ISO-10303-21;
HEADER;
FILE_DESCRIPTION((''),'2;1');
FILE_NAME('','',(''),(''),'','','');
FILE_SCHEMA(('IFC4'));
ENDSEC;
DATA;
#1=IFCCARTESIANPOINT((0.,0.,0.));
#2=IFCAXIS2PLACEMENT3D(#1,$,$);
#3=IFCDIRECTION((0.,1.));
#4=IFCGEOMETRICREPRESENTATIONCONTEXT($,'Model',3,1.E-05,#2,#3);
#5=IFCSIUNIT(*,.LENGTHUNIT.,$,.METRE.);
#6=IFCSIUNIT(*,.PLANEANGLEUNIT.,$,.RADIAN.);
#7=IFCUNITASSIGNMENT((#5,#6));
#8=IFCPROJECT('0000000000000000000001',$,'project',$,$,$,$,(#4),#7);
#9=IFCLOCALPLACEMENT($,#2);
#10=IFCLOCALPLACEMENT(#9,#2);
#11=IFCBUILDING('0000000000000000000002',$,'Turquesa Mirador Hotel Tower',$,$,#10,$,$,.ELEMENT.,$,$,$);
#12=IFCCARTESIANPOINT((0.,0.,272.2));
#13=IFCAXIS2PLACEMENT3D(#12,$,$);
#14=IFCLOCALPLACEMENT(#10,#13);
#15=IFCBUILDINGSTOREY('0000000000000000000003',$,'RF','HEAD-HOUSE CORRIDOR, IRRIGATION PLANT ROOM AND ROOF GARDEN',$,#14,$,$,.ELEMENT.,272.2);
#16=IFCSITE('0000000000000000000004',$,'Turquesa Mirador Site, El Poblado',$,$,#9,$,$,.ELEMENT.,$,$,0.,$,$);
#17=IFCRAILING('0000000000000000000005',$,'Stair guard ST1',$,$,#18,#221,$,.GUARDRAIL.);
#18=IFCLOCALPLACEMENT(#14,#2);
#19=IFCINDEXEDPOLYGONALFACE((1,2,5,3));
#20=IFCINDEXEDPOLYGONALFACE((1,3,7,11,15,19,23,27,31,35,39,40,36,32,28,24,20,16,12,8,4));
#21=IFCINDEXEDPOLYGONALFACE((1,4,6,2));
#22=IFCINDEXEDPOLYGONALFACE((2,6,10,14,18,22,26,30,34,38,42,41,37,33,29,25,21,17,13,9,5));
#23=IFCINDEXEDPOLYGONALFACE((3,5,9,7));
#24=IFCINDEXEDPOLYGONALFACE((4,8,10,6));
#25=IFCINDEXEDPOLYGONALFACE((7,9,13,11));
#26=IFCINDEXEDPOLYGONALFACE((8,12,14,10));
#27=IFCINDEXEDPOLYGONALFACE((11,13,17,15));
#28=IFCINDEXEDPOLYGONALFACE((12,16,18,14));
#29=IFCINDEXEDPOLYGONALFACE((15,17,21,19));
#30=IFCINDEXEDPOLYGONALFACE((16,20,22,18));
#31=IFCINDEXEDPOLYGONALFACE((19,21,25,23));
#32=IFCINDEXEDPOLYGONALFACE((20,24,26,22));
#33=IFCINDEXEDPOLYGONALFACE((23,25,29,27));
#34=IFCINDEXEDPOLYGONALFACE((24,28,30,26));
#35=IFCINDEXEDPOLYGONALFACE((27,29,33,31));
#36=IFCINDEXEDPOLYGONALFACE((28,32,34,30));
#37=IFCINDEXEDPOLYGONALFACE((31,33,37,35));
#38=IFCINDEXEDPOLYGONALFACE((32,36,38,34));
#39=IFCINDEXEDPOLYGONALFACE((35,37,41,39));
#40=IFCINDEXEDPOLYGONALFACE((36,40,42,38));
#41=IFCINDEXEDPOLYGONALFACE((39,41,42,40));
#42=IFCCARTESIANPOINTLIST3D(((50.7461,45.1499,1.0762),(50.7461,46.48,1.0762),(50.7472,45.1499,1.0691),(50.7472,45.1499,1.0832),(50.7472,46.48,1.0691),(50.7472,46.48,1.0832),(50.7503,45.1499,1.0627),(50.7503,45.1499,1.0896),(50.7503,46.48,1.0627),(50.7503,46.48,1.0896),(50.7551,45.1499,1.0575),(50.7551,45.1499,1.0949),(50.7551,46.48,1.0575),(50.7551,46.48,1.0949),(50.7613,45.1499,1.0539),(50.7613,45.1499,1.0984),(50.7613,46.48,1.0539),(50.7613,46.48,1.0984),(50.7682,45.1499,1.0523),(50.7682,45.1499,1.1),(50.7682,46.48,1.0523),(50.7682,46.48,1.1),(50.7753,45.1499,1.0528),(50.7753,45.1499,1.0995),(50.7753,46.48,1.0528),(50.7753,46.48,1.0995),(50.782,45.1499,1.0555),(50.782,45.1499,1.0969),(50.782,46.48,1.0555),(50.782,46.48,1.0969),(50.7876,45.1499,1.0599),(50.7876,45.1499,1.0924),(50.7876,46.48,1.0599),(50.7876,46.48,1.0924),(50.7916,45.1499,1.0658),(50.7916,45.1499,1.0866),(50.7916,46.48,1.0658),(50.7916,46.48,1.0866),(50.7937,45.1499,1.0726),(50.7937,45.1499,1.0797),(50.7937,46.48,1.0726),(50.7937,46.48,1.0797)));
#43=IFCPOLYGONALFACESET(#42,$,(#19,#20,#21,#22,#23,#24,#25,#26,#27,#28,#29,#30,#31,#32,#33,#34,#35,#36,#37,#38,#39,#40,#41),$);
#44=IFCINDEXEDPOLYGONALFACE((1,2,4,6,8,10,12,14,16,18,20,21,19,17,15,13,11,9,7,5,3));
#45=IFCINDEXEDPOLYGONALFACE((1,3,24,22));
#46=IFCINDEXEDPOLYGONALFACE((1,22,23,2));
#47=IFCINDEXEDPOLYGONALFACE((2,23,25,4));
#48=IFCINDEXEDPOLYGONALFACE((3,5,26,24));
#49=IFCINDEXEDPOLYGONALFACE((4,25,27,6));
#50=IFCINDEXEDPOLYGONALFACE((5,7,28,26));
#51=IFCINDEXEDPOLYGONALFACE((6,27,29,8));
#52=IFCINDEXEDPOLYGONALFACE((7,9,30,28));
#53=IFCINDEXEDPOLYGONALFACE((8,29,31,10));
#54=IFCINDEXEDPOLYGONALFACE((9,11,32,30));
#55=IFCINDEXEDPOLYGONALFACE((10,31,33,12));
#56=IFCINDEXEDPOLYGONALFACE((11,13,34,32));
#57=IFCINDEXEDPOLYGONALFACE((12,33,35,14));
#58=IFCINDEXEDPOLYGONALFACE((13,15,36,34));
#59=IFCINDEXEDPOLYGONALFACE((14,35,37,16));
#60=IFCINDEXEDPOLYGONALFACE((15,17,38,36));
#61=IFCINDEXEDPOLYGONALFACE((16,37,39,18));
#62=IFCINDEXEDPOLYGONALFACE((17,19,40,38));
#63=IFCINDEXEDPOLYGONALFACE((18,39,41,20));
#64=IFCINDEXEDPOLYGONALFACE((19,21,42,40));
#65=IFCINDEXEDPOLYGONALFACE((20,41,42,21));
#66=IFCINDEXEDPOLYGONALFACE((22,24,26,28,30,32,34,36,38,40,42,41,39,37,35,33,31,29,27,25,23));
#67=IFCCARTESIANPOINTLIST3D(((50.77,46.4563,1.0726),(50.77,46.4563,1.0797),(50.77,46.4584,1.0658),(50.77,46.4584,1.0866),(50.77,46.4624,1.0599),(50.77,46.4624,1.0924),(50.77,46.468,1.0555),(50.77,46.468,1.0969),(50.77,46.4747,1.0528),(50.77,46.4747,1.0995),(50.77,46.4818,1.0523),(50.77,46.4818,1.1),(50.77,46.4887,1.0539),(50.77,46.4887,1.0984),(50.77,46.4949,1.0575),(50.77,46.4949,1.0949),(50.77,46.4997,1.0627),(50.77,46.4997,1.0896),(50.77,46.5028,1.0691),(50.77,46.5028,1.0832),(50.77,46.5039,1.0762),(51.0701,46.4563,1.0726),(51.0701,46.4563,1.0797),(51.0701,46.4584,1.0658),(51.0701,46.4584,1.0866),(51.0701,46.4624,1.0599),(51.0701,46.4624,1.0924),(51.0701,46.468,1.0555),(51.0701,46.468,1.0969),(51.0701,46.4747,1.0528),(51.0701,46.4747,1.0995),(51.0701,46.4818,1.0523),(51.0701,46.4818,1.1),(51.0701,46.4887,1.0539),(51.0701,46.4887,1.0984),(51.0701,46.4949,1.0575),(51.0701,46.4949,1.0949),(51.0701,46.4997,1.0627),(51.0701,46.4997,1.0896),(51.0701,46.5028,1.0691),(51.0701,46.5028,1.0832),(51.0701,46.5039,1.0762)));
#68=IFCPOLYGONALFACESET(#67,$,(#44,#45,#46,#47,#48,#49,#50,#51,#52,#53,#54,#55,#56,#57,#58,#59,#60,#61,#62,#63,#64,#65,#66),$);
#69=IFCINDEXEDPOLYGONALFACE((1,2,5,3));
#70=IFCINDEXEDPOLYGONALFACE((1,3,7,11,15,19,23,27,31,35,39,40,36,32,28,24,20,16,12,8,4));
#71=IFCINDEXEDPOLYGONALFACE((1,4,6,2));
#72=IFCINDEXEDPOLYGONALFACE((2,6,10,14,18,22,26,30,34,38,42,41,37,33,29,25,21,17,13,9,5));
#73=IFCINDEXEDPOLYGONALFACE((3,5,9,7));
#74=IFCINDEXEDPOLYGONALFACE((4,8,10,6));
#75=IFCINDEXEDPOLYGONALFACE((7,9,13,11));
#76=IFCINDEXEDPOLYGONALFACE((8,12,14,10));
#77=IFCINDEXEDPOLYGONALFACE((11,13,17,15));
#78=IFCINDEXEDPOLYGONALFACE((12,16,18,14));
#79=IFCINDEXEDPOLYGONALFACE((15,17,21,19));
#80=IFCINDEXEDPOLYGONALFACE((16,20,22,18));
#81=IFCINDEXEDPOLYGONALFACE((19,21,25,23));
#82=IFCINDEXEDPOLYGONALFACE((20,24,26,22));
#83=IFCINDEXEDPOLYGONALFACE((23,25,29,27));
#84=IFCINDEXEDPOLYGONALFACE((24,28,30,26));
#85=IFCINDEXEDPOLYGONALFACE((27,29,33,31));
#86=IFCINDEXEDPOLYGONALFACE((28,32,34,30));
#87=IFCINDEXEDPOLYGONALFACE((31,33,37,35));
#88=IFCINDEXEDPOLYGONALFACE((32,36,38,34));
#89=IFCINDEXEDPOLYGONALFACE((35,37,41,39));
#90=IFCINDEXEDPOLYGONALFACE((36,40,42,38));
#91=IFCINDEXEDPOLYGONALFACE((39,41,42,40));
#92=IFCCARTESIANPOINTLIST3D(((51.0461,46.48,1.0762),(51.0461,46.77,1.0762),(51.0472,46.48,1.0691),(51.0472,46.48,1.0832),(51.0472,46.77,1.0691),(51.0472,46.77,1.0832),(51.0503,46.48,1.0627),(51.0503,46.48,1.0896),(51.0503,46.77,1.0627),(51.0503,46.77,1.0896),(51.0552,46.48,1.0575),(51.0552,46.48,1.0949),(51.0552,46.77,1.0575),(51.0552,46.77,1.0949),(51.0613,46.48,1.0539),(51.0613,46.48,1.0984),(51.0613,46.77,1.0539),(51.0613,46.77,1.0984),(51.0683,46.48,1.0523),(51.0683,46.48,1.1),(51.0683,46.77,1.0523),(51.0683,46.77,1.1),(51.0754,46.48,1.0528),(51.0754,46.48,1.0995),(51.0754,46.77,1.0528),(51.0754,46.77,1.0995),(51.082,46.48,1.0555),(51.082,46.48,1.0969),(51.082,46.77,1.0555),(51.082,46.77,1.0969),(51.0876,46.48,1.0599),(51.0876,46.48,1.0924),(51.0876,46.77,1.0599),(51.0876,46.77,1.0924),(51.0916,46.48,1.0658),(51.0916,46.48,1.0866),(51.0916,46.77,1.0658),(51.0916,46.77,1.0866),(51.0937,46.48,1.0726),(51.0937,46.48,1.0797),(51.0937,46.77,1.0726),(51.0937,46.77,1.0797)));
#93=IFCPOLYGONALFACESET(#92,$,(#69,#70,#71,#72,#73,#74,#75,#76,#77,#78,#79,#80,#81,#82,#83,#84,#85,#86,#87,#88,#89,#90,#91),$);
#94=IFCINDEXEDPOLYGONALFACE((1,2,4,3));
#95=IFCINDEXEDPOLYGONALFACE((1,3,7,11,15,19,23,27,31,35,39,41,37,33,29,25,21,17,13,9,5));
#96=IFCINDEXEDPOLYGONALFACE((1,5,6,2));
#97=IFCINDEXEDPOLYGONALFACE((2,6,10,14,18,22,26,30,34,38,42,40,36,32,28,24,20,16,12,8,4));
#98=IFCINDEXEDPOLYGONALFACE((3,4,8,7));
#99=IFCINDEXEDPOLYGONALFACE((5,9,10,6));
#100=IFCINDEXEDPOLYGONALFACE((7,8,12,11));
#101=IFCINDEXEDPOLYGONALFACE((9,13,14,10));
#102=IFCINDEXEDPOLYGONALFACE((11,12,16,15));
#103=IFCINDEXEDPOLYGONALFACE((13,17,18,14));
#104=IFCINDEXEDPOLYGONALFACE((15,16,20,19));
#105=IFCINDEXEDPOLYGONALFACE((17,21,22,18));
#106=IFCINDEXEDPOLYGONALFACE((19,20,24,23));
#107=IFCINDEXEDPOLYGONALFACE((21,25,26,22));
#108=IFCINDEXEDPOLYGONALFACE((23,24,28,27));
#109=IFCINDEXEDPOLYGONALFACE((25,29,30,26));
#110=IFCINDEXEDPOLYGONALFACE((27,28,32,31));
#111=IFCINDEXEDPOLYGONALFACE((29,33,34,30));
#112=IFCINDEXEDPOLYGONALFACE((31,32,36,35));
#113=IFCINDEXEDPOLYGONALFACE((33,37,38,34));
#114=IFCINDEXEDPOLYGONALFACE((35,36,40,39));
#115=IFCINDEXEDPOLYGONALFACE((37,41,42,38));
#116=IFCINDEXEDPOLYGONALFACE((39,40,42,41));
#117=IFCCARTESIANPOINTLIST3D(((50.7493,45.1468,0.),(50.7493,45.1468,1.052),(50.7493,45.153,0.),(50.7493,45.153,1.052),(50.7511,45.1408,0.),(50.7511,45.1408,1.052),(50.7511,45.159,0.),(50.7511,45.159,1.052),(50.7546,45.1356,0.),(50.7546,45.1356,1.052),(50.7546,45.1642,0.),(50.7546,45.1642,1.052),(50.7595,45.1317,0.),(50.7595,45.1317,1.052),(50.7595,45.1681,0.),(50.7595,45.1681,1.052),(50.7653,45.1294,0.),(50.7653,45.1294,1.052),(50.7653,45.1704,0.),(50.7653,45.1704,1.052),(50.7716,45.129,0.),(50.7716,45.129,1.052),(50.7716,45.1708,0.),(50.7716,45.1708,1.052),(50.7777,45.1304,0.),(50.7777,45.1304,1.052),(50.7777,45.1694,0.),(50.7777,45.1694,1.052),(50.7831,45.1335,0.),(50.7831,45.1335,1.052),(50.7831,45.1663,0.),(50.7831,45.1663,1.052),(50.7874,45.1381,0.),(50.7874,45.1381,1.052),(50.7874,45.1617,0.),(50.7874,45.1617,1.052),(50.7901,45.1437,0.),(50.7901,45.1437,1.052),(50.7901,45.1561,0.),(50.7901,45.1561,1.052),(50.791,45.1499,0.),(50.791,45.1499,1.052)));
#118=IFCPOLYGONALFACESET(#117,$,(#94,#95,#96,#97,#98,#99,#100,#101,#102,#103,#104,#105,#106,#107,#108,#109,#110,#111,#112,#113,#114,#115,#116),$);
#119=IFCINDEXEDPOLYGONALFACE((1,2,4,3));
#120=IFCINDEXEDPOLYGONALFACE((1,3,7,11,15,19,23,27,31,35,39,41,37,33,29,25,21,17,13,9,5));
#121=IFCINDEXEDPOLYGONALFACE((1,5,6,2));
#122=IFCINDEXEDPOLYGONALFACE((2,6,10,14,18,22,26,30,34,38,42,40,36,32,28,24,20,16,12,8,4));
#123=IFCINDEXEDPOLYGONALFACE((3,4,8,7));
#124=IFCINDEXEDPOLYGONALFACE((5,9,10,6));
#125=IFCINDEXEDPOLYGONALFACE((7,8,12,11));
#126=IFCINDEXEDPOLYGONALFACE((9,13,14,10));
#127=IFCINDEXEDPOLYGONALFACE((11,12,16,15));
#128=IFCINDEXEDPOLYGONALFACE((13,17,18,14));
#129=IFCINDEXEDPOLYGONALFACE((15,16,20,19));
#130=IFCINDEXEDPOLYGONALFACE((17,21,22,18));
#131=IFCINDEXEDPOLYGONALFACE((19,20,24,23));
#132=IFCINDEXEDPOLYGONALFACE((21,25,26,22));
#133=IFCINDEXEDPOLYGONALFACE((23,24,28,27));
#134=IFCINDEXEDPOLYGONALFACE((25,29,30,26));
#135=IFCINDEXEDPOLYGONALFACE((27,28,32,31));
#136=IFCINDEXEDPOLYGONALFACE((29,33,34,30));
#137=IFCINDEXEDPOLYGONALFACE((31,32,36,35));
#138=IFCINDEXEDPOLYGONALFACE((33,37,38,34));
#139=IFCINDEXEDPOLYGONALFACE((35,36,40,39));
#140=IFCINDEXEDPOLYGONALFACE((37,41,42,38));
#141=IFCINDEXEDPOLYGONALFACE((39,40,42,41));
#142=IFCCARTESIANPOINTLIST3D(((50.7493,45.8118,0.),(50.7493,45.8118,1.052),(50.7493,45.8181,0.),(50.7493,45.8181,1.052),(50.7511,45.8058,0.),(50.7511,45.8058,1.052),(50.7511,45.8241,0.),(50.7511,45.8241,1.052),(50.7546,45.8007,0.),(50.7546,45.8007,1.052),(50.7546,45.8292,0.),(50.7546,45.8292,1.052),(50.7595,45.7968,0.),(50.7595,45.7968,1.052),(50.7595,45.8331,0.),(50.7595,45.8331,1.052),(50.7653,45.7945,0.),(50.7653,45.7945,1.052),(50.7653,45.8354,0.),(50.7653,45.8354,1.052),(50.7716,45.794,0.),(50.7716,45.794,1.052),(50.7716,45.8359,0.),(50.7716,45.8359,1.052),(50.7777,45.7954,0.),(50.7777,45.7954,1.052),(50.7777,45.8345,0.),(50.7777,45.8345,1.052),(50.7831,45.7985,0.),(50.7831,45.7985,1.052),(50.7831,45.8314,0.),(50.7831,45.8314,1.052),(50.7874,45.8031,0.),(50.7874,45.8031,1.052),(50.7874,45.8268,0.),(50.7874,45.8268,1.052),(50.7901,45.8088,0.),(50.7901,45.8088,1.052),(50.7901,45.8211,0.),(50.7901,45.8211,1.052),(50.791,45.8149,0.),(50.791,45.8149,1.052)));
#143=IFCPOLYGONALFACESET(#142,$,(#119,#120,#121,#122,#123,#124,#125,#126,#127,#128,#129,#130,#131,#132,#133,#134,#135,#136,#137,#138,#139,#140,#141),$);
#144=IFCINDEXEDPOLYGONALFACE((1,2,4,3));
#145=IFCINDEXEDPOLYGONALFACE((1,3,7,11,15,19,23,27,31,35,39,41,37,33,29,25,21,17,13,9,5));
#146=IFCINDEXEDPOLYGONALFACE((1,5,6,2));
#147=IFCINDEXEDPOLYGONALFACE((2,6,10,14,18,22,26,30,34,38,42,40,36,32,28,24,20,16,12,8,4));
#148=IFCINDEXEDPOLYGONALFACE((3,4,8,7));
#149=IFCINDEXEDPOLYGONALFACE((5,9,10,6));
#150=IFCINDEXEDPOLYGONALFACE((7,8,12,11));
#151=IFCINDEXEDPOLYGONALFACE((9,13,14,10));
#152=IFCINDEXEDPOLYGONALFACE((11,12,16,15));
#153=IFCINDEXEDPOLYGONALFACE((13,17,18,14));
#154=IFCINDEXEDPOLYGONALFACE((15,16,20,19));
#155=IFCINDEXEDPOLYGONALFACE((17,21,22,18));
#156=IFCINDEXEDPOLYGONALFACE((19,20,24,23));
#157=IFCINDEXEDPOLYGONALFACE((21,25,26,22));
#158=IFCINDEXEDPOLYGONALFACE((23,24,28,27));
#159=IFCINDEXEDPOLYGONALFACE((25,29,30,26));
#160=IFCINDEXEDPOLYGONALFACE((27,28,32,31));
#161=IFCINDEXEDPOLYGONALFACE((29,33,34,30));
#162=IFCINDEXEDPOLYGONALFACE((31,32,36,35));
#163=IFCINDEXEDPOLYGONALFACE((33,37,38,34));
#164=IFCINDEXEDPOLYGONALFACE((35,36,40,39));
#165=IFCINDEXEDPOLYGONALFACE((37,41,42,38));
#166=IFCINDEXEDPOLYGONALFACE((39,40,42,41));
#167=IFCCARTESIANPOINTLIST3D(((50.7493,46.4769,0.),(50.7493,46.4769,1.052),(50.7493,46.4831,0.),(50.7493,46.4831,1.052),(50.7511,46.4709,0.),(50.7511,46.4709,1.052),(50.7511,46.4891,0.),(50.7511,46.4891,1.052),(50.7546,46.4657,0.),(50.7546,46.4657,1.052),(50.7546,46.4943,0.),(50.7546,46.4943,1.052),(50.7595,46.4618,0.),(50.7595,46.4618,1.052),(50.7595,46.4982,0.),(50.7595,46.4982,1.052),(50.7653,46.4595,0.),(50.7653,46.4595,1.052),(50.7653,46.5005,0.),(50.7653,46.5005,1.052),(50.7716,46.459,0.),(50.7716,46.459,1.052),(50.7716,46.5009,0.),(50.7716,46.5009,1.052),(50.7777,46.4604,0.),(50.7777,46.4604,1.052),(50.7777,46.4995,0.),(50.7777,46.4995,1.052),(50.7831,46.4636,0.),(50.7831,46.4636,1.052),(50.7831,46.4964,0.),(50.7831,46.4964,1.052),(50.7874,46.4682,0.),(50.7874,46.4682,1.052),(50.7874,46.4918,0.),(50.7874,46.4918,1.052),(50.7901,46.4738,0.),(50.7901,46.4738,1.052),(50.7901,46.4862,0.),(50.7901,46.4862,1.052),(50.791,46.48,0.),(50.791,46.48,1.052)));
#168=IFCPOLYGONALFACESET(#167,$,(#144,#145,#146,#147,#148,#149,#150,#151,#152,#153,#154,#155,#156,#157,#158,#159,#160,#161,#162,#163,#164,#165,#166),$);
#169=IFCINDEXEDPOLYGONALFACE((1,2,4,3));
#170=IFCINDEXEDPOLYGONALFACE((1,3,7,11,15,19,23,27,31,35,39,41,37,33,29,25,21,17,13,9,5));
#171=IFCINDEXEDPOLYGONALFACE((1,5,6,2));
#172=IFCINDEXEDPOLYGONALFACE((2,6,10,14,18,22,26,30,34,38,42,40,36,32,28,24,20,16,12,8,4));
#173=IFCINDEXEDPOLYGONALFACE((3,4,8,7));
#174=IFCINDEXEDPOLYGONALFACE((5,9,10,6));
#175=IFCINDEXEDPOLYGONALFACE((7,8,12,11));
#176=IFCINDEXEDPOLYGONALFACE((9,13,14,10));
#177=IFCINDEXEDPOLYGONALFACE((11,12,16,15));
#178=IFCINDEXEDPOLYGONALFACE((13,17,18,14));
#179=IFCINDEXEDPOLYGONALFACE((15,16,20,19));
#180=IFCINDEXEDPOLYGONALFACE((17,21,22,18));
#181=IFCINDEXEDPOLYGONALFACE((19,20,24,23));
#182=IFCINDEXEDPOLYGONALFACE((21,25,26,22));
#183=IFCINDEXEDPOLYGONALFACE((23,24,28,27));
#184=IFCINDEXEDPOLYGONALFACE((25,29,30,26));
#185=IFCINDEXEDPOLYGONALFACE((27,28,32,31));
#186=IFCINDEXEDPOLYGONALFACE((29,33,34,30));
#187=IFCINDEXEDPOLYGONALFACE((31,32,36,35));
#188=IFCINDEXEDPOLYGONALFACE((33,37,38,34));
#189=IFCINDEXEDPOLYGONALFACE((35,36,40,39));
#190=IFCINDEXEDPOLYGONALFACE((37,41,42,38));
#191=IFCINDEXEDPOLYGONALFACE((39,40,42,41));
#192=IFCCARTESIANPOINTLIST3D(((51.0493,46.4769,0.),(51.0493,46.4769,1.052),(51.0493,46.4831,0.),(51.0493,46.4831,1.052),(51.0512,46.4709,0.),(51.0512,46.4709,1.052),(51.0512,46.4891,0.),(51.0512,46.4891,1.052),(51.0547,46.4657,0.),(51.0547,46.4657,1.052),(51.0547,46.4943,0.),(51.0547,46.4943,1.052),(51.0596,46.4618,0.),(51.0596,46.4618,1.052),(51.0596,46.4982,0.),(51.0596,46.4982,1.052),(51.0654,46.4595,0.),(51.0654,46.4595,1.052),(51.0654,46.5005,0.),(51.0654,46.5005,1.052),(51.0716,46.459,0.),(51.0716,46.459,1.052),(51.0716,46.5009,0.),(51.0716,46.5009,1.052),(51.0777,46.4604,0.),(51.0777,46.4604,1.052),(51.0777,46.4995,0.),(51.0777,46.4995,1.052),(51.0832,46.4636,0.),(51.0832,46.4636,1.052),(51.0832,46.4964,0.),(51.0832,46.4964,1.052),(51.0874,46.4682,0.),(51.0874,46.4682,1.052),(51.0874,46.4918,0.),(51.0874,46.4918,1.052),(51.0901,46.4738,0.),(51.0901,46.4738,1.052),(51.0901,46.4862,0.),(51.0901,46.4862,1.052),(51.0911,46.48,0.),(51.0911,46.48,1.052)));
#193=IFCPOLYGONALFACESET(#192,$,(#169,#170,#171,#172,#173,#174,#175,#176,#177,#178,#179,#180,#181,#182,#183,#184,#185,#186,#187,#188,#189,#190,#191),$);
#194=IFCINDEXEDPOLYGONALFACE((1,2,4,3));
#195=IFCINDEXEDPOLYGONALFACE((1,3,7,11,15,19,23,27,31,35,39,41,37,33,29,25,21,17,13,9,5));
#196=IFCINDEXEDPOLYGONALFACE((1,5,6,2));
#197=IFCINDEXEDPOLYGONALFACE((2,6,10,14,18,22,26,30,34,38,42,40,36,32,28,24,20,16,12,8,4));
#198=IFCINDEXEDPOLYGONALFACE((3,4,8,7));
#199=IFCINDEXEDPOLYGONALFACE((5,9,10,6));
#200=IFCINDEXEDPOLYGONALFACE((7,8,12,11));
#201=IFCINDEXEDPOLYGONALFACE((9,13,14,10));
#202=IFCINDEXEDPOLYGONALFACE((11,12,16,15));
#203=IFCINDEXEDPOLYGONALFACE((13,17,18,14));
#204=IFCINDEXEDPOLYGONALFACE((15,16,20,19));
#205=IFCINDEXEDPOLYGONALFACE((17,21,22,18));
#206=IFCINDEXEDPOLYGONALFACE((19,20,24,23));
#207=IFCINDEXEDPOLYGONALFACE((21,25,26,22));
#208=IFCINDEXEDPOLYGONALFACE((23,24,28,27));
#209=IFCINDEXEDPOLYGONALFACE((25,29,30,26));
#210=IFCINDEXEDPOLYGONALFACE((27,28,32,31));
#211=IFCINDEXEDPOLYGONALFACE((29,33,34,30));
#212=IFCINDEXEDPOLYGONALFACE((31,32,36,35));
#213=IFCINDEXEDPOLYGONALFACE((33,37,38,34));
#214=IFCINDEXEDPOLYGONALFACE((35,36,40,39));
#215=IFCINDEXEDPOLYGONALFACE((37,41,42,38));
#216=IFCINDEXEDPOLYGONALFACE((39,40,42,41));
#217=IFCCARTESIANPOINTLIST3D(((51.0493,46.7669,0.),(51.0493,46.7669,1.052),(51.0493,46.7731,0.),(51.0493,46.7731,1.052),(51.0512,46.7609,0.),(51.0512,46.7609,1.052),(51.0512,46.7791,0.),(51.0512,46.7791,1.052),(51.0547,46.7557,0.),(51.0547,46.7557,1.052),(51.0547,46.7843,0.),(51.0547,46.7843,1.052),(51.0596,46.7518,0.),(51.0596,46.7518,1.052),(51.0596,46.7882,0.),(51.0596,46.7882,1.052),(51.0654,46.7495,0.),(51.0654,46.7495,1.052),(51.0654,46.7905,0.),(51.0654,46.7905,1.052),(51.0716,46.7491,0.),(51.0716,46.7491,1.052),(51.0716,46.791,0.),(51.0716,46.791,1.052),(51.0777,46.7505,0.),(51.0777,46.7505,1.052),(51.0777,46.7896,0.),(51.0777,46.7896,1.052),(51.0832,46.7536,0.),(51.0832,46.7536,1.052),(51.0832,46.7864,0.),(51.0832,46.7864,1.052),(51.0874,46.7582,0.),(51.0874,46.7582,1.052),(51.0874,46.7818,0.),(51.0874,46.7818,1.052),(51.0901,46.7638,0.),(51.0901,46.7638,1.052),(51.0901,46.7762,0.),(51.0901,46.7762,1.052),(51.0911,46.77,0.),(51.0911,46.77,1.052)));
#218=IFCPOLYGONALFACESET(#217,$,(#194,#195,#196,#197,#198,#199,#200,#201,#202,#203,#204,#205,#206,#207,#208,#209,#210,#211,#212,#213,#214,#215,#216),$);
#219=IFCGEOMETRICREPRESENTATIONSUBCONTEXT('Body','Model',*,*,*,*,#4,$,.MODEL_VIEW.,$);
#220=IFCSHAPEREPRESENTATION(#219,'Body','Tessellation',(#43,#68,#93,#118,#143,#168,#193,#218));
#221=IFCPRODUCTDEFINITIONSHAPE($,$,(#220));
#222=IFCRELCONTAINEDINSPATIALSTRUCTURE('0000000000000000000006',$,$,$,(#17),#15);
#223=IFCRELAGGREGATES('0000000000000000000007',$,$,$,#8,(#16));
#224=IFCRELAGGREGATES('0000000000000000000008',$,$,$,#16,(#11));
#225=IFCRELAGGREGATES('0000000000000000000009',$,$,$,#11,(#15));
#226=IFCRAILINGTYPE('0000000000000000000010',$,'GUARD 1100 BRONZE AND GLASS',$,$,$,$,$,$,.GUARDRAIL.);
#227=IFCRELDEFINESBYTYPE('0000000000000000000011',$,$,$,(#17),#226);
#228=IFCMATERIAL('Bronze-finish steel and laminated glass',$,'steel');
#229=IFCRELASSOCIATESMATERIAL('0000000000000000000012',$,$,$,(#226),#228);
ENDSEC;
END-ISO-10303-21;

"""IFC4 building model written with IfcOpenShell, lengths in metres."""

from ifc_helpers import new_model, si_unit, direction, frame, origin, origin_2d, place, context, subcontext, project, spatial, circle, extrude, material, type_object, element, save


model = new_model("IFC4")

# Units and contexts
model_context = context("Model", 3, precision=1e-05, world=origin(), true_north=direction((0.0, 1.0)))
body_context = subcontext(model_context, "Body", "Model", "MODEL_VIEW")
ifc_project = project(units=[si_unit("LENGTHUNIT", "METRE"), si_unit("PLANEANGLEUNIT", "RADIAN")], contexts=[model_context])

# Site, building, storey
site_placement = place(None, origin())
site = spatial("IfcSite", under=ifc_project, at=site_placement, Name="Turquesa Mirador Site, El Poblado", CompositionType="ELEMENT", RefElevation=0.0)
building_placement = place(site_placement, origin())
building = spatial("IfcBuilding", under=site, at=building_placement, Name="Turquesa Mirador Hotel Tower", CompositionType="ELEMENT")
storey_placement = place(building_placement, frame((0.0, 0.0, 272.2)))
storey = spatial("IfcBuildingStorey", under=building, at=storey_placement, Name="RF", Description="HEAD-HOUSE CORRIDOR, IRRIGATION PLANT ROOM AND ROOF GARDEN", CompositionType="ELEMENT", Elevation=272.2)

# Railing
ifc_material_1 = material(Name="Bronze-finish steel and laminated glass", Category="steel")
railing_type = type_object("IfcRailingType", Name="GUARD 1100 BRONZE AND GLASS", PredefinedType="GUARDRAIL", material=ifc_material_1)
railing_1_placement = place(storey_placement, frame((50.77, 45.1499, 0.0)))
element("IfcRailing", 1, at=railing_1_placement, inside=storey, type_object=railing_type, Name="Stair guard ST1", PredefinedType="GUARDRAIL", context=body_context, shape_type="SweptSolid", body=[
    extrude(circle(Radius=0.0239, at=origin_2d()), frame((0.0, 0.0, 1.0762), z_axis=(0.0, 1.0, 0.0), x_axis=(-1.0, 0.0, 0.0)), (0.0, 0.0, 1.0), 1.3301),
    extrude(circle(Radius=0.0239, at=origin_2d()), frame((0.0, 1.3301, 1.0762), z_axis=(1.0, 0.0, 0.0), x_axis=(0.0, 1.0, 0.0)), (0.0, 0.0, 1.0), 0.3),
    extrude(circle(Radius=0.0239, at=origin_2d()), frame((0.3, 1.3301, 1.0762), z_axis=(0.0, 1.0, 0.0), x_axis=(-1.0, 0.0, 0.0)), (0.0, 0.0, 1.0), 0.29),
    extrude(circle(Radius=0.021, at=origin_2d()), origin(), (0.0, 0.0, 1.0), 1.052),
    extrude(circle(Radius=0.021, at=origin_2d()), frame((0.0, 0.665, 0.0)), (0.0, 0.0, 1.0), 1.052),
    extrude(circle(Radius=0.021, at=origin_2d()), frame((0.0, 1.3301, 0.0)), (0.0, 0.0, 1.0), 1.052),
    extrude(circle(Radius=0.021, at=origin_2d()), frame((0.3, 1.3301, 0.0)), (0.0, 0.0, 1.0), 1.052),
    extrude(circle(Radius=0.021, at=origin_2d()), frame((0.3, 1.6201, 0.0)), (0.0, 0.0, 1.0), 1.052),
])

save(model, "model.ifc")
